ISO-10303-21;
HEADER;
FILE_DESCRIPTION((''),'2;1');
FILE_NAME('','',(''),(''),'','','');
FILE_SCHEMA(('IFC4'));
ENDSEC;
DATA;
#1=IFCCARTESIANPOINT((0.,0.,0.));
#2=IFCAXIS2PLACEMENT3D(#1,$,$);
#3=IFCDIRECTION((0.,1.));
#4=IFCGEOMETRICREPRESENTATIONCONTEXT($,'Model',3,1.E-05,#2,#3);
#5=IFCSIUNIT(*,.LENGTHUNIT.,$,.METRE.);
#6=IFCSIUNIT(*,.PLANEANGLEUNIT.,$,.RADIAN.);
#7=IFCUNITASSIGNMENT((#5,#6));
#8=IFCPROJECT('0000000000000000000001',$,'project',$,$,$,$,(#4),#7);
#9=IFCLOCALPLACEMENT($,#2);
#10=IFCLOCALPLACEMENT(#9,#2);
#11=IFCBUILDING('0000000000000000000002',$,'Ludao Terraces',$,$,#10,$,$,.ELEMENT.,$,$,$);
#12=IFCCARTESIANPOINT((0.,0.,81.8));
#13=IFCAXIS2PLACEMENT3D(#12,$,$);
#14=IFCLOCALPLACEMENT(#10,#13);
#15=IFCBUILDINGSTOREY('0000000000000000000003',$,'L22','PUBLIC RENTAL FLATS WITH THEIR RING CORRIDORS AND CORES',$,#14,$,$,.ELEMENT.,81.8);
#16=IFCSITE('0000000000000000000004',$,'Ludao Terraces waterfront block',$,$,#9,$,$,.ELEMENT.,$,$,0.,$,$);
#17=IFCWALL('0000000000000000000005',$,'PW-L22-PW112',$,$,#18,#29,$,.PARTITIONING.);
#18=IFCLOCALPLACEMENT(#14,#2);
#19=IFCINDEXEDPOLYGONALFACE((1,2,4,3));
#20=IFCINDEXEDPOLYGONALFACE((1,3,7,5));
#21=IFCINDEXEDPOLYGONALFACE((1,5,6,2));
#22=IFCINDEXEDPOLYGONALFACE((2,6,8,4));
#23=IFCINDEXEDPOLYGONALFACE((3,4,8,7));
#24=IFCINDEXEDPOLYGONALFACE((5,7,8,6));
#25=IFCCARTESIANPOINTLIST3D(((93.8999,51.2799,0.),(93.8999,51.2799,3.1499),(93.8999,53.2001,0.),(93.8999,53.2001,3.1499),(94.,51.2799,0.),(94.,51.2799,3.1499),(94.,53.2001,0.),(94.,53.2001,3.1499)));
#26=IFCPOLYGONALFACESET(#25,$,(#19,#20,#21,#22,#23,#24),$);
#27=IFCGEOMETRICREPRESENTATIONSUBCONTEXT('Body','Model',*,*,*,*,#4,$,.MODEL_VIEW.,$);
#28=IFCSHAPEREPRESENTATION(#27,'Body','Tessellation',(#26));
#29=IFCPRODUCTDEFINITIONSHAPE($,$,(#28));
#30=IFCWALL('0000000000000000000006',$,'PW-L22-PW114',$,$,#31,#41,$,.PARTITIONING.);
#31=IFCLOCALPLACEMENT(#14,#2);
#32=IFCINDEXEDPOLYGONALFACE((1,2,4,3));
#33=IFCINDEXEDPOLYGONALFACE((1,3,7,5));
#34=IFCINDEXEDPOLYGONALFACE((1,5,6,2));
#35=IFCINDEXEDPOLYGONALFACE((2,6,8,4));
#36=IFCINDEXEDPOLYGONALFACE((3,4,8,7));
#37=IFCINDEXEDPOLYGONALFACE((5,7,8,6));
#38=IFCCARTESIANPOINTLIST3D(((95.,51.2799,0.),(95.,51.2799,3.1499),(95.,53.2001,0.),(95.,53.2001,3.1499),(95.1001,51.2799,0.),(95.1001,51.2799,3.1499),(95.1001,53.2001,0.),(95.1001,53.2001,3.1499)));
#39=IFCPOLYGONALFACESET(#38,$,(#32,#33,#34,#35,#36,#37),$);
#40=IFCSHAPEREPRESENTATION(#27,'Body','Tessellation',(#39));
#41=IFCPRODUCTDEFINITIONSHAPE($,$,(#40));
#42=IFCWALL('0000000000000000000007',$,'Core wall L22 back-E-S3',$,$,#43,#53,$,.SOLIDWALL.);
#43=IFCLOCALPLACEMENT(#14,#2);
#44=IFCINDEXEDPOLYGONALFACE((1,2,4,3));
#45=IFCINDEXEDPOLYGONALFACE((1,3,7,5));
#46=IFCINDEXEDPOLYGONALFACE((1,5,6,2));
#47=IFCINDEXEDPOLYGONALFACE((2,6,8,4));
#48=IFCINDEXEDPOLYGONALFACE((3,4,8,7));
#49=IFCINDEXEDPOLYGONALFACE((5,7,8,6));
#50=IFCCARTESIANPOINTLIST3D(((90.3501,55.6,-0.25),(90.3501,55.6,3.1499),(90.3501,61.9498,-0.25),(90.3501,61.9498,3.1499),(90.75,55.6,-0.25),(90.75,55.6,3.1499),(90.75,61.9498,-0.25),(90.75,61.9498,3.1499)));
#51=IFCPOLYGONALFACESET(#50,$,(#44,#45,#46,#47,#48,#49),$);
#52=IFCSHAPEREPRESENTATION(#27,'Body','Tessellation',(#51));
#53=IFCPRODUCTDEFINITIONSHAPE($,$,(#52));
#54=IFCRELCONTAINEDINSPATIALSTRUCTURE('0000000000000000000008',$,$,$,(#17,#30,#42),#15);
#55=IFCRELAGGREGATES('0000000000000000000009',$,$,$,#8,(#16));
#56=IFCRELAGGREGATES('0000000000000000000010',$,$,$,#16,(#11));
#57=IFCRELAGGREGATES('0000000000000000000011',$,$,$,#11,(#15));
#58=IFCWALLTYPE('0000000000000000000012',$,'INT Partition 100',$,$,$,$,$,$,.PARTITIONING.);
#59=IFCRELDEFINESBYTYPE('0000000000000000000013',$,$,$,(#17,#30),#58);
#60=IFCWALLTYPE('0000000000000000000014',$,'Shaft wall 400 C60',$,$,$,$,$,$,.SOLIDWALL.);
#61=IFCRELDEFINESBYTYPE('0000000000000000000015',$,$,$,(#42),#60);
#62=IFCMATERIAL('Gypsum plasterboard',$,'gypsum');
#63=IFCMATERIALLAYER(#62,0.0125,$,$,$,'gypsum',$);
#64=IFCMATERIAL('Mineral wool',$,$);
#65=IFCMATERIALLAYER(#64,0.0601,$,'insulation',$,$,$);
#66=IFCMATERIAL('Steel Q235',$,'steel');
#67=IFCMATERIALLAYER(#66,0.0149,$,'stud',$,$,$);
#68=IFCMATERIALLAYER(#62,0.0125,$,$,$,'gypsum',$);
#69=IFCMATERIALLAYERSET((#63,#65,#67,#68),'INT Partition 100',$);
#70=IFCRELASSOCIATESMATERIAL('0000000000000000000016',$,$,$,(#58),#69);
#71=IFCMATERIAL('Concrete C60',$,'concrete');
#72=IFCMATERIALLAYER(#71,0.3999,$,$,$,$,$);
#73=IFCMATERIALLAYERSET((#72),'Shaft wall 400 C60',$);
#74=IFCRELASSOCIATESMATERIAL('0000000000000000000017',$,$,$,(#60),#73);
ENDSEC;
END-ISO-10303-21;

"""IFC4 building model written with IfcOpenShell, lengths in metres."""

from ifc_helpers import new_model, si_unit, direction, frame, frame_2d, origin, place, context, subcontext, project, spatial, rectangle, extrude, material, layer, layer_set, type_object, element, save


model = new_model("IFC4")

# Units and contexts
model_context = context("Model", 3, precision=1e-05, world=origin(), true_north=direction((0.0, 1.0)))
body_context = subcontext(model_context, "Body", "Model", "MODEL_VIEW")
ifc_project = project(units=[si_unit("LENGTHUNIT", "METRE"), si_unit("PLANEANGLEUNIT", "RADIAN")], contexts=[model_context])

# Site, building, storey
site_placement = place(None, origin())
site = spatial("IfcSite", under=ifc_project, at=site_placement, Name="Ludao Terraces waterfront block", CompositionType="ELEMENT", RefElevation=0.0)
building_placement = place(site_placement, origin())
building = spatial("IfcBuilding", under=site, at=building_placement, Name="Ludao Terraces", CompositionType="ELEMENT")
storey_placement = place(building_placement, frame((0.0, 0.0, 81.8)))
storey = spatial("IfcBuildingStorey", under=building, at=storey_placement, Name="L22", Description="PUBLIC RENTAL FLATS WITH THEIR RING CORRIDORS AND CORES", CompositionType="ELEMENT", Elevation=81.8)

# Shared definitions
ifc_material_1 = material(Name="Steel Q235", Category="steel")
ifc_material_2 = material(Name="Mineral wool")

# Shared definitions
ifc_material_3 = material(Name="Gypsum plasterboard", Category="gypsum")
ifc_layer_1 = layer(ifc_material_3, 0.0125, Category="gypsum")
ifc_layer_2 = layer(ifc_material_2, 0.0601, Name="insulation")
ifc_layer_3 = layer(ifc_material_1, 0.0149, Name="stud")
ifc_layer_4 = layer(ifc_material_3, 0.0125, Category="gypsum")
ifc_layer_set_1 = layer_set([ifc_layer_1, ifc_layer_2, ifc_layer_3, ifc_layer_4], Name="INT Partition 100")
wall_type_1 = type_object("IfcWallType", Name="INT Partition 100", PredefinedType="PARTITIONING", material=ifc_layer_set_1)

# Walls
for number, where, z_axis, x_axis, name in (
    (1, (93.95, 51.28, 0.0), (0.0, 0.0, 1.0), (0.0, 1.0, 0.0), "PW-L22-PW112"),
    (2, (95.05, 51.28, 0.0), (0.0, 0.0, 1.0), (0.0, 1.0, 0.0), "PW-L22-PW114"),
):
    element("IfcWall", number, at=place(storey_placement, frame(where, z_axis=z_axis, x_axis=x_axis)), inside=storey, type_object=wall_type_1, Name=name, PredefinedType="PARTITIONING", context=body_context, shape_type="SweptSolid", body=[
        extrude(rectangle(XDim=1.9202, YDim=0.1001, at=frame_2d((0.96, 0.0))), origin(), (0.0, 0.0, 1.0), 3.1499),
    ])
ifc_material_4 = material(Name="Concrete C60", Category="concrete")
ifc_layer_5 = layer(ifc_material_4, 0.3999)
ifc_layer_set_2 = layer_set([ifc_layer_5], Name="Shaft wall 400 C60")
wall_type_2 = type_object("IfcWallType", Name="Shaft wall 400 C60", PredefinedType="SOLIDWALL", material=ifc_layer_set_2)
wall_1_placement = place(storey_placement, frame((90.55, 55.6001, -0.25), z_axis=(0.0, 0.0, 1.0), x_axis=(0.0, 1.0, 0.0)))
element("IfcWall", 3, at=wall_1_placement, inside=storey, type_object=wall_type_2, Name="Core wall L22 back-E-S3", PredefinedType="SOLIDWALL", context=body_context, shape_type="SweptSolid", body=[
    extrude(rectangle(XDim=6.3499, YDim=0.3999, at=frame_2d((3.1748, 0.0))), origin(), (0.0, 0.0, 1.0), 3.3999),
])

save(model, "model.ifc")
